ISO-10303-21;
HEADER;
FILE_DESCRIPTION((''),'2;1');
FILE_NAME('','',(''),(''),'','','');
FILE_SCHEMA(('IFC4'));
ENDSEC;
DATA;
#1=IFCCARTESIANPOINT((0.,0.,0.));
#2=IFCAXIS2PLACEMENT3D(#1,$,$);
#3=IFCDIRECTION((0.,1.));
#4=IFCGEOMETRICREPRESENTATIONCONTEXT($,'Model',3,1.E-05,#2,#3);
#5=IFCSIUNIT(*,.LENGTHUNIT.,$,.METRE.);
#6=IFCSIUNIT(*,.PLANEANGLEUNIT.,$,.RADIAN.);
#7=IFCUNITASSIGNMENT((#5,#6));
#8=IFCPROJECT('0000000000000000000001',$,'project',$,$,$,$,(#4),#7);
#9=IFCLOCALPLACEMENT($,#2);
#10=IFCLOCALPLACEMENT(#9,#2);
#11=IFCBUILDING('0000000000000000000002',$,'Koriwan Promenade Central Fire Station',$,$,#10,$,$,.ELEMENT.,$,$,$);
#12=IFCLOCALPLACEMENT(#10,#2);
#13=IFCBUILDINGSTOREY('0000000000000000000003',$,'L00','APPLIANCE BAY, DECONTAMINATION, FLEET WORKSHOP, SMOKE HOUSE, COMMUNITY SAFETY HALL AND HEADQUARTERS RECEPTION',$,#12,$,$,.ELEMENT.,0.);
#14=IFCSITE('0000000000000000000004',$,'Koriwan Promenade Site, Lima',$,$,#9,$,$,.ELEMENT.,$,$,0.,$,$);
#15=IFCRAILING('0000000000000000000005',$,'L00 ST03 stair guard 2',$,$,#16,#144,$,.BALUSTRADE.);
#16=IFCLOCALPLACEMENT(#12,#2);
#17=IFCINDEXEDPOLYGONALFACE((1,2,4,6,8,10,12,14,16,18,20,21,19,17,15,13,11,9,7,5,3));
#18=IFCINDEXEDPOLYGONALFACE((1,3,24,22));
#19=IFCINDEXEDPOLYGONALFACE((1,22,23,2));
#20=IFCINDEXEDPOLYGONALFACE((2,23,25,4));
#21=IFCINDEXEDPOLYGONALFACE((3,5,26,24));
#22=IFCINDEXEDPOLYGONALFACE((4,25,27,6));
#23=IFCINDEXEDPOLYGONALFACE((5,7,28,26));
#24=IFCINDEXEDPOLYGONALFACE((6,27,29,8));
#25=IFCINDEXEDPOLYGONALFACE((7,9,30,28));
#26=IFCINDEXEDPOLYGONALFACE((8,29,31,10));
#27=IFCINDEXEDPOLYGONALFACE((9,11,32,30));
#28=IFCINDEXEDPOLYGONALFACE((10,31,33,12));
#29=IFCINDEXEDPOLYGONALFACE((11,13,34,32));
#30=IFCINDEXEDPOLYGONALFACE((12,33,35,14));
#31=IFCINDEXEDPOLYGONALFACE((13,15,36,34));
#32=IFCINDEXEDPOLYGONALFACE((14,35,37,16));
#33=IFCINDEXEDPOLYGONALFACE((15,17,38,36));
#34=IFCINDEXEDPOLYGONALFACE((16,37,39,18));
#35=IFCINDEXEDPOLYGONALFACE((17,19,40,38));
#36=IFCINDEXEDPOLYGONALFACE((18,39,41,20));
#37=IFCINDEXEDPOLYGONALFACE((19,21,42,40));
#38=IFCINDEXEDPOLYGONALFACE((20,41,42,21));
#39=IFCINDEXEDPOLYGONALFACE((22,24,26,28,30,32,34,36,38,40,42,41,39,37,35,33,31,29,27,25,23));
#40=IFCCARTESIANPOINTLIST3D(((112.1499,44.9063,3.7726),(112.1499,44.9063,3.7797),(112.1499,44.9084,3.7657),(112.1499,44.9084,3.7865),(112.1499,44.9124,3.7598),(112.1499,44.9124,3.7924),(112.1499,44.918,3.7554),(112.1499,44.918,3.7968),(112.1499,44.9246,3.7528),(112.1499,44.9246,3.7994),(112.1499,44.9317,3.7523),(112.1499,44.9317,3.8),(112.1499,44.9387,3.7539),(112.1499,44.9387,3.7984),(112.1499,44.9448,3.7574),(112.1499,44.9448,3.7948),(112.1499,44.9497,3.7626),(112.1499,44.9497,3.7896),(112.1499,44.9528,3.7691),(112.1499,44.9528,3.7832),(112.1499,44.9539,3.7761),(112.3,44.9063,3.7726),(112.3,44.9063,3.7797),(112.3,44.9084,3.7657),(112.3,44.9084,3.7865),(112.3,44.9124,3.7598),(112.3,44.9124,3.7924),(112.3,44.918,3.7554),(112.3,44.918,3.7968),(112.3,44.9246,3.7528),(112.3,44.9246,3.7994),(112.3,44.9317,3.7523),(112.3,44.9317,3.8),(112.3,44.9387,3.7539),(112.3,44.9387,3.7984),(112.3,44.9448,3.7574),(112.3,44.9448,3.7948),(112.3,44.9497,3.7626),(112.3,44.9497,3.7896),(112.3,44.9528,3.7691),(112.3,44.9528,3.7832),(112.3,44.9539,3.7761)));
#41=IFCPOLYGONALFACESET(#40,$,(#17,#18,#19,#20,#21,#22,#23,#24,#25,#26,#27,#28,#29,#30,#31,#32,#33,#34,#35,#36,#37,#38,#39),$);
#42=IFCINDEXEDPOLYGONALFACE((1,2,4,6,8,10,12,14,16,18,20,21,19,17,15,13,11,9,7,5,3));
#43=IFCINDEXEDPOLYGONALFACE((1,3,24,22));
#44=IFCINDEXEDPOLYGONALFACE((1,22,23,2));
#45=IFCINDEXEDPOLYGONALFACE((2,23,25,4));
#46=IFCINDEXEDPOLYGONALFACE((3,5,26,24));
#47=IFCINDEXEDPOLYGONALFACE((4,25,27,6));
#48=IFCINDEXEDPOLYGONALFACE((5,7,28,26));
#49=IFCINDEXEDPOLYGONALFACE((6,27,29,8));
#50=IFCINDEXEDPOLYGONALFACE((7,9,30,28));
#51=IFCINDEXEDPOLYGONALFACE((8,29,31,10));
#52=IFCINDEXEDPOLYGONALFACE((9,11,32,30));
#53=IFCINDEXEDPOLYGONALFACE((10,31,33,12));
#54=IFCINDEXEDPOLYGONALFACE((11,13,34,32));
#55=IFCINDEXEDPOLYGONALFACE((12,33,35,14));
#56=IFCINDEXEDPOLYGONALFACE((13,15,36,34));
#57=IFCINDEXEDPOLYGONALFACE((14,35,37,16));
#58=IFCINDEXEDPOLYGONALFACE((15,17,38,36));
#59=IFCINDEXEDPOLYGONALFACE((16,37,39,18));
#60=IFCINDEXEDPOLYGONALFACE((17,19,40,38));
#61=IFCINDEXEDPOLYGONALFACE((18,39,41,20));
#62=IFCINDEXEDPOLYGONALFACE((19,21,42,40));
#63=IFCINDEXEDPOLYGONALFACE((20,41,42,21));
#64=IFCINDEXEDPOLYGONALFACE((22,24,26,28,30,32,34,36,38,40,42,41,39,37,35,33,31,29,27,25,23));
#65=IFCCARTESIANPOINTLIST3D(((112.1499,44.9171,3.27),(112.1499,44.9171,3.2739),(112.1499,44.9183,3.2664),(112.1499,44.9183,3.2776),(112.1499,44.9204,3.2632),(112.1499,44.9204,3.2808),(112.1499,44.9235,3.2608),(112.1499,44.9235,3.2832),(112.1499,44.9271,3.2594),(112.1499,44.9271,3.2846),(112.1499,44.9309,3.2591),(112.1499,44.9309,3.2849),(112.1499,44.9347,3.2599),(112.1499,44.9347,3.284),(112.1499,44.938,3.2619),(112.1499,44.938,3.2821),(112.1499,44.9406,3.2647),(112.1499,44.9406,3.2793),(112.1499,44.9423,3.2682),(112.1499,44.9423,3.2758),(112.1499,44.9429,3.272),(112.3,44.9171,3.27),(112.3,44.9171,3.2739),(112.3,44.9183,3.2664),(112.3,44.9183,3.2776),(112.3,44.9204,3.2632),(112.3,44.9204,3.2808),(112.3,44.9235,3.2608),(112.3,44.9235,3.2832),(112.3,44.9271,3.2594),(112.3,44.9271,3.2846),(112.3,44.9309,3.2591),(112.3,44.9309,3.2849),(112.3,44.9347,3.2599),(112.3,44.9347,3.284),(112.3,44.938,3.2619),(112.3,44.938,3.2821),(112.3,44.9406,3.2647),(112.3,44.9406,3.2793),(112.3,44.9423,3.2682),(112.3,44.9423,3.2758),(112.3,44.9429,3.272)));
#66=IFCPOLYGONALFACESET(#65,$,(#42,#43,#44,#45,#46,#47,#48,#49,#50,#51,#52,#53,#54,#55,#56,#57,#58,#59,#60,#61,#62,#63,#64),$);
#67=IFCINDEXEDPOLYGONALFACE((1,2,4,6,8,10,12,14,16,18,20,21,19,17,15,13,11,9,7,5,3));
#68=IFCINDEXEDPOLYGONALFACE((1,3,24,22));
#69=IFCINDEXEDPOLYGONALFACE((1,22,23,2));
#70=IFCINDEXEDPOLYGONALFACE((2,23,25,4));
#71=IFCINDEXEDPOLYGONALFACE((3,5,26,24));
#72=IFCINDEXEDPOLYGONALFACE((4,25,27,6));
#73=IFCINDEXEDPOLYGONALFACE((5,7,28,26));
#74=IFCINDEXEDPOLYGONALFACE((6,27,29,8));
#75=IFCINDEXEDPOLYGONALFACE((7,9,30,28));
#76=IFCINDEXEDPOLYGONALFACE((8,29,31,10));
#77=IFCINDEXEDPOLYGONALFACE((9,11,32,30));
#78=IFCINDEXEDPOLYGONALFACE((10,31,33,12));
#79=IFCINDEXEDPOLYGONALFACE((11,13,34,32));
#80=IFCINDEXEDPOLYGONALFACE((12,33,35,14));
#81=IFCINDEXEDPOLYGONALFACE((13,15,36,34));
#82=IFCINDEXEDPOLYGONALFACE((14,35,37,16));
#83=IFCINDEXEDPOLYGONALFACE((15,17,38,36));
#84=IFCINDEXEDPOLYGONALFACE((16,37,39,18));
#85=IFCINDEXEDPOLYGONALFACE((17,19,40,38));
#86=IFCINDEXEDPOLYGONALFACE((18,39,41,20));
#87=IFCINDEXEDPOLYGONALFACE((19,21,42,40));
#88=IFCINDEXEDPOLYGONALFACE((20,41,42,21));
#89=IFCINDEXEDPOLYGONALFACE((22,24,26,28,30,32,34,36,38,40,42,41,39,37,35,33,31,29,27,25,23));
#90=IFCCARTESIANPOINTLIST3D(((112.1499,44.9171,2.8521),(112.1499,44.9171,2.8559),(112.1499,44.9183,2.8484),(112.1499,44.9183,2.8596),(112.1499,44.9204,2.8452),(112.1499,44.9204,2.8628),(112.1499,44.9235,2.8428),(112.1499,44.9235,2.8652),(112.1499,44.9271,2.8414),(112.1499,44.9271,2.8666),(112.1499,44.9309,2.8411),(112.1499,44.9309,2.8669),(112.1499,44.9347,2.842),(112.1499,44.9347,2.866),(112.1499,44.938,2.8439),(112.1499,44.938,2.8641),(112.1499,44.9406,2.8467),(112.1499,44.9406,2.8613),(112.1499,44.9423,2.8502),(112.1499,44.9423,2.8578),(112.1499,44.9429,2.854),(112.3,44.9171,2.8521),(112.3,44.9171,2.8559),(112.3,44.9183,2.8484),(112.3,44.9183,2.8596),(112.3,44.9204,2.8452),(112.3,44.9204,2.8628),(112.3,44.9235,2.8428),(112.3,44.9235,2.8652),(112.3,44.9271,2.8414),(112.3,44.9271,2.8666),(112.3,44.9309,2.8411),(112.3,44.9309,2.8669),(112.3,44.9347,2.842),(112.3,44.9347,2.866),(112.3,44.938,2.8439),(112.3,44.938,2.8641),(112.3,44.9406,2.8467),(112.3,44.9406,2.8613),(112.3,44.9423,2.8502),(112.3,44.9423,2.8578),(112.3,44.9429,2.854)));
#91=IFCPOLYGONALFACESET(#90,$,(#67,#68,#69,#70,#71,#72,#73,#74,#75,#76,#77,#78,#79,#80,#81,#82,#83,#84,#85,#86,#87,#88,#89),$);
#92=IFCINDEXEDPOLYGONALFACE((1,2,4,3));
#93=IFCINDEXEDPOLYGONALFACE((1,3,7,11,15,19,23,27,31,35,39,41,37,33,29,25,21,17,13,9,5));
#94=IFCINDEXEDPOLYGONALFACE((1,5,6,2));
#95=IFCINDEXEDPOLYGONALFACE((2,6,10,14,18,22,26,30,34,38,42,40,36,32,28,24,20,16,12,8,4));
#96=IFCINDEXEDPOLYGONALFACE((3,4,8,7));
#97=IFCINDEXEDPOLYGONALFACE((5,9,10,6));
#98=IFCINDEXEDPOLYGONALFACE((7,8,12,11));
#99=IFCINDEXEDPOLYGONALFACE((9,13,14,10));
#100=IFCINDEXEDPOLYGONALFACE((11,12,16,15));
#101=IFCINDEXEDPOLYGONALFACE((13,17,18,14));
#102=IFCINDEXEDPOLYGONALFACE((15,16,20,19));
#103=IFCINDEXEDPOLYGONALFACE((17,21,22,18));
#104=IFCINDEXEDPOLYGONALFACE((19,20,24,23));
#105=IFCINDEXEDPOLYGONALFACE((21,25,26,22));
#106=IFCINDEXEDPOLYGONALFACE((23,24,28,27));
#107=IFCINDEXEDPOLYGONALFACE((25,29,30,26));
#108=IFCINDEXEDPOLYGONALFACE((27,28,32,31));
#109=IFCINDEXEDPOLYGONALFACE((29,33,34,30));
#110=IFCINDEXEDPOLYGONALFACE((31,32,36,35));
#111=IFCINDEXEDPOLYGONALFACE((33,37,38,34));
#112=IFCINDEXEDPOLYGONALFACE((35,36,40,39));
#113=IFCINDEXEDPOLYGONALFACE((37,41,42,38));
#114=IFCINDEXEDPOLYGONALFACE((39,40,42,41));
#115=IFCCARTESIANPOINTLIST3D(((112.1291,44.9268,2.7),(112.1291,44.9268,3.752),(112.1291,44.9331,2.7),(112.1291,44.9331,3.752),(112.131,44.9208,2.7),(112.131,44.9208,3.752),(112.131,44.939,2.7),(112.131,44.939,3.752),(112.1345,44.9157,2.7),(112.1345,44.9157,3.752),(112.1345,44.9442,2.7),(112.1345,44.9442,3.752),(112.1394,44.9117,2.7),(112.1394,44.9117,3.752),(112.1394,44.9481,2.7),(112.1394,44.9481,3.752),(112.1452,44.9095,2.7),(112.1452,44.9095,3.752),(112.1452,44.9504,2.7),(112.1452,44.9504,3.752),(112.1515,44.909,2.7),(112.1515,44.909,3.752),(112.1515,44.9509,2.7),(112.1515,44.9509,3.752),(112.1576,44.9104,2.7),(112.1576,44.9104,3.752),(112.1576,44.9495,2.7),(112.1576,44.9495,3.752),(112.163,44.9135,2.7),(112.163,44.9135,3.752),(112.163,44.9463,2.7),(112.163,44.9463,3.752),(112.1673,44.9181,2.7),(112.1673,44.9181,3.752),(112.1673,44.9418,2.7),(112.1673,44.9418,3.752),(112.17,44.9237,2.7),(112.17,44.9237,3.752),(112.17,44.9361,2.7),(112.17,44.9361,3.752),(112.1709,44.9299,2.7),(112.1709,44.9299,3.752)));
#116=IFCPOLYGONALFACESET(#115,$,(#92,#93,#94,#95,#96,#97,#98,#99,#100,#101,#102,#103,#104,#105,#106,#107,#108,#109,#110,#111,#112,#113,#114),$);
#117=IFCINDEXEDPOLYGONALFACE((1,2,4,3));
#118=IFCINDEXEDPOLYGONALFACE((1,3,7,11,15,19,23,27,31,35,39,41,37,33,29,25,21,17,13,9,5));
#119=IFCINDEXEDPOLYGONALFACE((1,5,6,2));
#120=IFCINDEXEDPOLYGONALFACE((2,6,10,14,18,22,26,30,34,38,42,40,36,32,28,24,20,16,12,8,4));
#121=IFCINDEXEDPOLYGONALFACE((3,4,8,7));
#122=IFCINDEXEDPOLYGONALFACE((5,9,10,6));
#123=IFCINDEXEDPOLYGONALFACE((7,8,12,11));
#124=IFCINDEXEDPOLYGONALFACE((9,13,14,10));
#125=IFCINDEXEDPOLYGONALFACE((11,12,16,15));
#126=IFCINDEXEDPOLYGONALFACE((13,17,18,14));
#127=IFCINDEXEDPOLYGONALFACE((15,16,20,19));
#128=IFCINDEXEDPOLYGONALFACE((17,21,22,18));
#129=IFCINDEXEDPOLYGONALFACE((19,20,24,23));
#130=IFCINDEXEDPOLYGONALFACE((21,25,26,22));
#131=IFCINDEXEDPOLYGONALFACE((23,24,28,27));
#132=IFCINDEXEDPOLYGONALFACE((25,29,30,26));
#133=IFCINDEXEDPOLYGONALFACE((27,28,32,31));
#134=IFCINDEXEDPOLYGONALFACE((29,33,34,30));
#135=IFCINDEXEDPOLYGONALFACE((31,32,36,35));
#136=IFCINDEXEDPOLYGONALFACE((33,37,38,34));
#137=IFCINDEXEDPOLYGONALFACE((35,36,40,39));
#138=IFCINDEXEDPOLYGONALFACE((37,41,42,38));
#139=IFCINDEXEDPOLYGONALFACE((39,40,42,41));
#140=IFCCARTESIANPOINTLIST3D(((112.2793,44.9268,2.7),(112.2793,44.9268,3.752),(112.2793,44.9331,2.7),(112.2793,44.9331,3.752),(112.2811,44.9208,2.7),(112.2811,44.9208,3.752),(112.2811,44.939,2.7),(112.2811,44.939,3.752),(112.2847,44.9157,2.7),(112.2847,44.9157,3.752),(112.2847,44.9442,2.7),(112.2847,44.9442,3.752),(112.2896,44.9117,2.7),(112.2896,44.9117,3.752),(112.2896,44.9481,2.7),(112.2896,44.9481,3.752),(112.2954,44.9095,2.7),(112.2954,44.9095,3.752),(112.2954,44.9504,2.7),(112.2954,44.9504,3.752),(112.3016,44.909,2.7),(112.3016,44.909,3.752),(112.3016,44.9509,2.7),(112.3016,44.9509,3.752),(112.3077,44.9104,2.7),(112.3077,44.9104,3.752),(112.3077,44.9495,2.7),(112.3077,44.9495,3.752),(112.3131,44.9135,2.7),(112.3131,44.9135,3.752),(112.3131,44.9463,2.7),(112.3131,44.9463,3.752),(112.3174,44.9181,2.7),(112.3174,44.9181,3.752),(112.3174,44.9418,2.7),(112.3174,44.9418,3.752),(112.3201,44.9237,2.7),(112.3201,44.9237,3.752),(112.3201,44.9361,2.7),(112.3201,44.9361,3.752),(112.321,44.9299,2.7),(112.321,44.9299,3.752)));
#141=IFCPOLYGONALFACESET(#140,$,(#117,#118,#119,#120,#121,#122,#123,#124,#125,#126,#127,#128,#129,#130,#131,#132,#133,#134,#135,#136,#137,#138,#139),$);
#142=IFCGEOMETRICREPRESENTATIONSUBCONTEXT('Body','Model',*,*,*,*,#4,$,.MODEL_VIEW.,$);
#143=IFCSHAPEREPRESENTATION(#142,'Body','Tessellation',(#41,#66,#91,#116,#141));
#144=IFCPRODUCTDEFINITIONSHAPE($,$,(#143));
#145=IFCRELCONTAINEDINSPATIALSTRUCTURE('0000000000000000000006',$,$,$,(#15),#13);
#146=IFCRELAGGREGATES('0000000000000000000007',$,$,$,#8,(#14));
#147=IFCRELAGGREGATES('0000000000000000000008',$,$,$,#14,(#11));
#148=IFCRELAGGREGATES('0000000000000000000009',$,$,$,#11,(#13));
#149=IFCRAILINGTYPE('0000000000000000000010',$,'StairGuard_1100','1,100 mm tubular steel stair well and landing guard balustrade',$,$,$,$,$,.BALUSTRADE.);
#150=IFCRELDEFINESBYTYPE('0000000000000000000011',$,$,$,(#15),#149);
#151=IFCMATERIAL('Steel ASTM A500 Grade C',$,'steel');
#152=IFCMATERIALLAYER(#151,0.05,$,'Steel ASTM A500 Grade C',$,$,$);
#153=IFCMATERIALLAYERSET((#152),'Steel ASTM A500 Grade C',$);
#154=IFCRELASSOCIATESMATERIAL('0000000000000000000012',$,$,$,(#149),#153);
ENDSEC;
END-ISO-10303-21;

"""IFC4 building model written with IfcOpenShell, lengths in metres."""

from ifc_helpers import new_model, si_unit, direction, frame, origin, origin_2d, place, context, subcontext, project, spatial, circle, extrude, material, layer, layer_set, type_object, element, save


model = new_model("IFC4")

# Units and contexts
model_context = context("Model", 3, precision=1e-05, world=origin(), true_north=direction((0.0, 1.0)))
body_context = subcontext(model_context, "Body", "Model", "MODEL_VIEW")
ifc_project = project(units=[si_unit("LENGTHUNIT", "METRE"), si_unit("PLANEANGLEUNIT", "RADIAN")], contexts=[model_context])

# Site, building, storey
site_placement = place(None, origin())
site = spatial("IfcSite", under=ifc_project, at=site_placement, Name="Koriwan Promenade Site, Lima", CompositionType="ELEMENT", RefElevation=0.0)
building_placement = place(site_placement, origin())
building = spatial("IfcBuilding", under=site, at=building_placement, Name="Koriwan Promenade Central Fire Station", CompositionType="ELEMENT")
storey_placement = place(building_placement, origin())
storey = spatial("IfcBuildingStorey", under=building, at=storey_placement, Name="L00", Description="APPLIANCE BAY, DECONTAMINATION, FLEET WORKSHOP, SMOKE HOUSE, COMMUNITY SAFETY HALL AND HEADQUARTERS RECEPTION", CompositionType="ELEMENT", Elevation=0.0)

# Railing
ifc_material_1 = material(Name="Steel ASTM A500 Grade C", Category="steel")
ifc_layer_1 = layer(ifc_material_1, 0.05, Name="Steel ASTM A500 Grade C")
ifc_layer_set_1 = layer_set([ifc_layer_1], Name="Steel ASTM A500 Grade C")
railing_type_1 = type_object("IfcRailingType", Name="StairGuard_1100", Description="1,100 mm tubular steel stair well and landing guard balustrade", PredefinedType="BALUSTRADE", material=ifc_layer_set_1)
railing_1_placement = place(storey_placement, frame((112.1499, 44.9299, 2.7)))
element("IfcRailing", 1, at=railing_1_placement, inside=storey, type_object=railing_type_1, Name="L00 ST03 stair guard 2", PredefinedType="BALUSTRADE", context=body_context, shape_type="SweptSolid", body=[
    extrude(circle(Radius=0.0239, at=origin_2d()), frame((0.0, 0.0, 1.0762), z_axis=(1.0, 0.0, 0.0), x_axis=(0.0, 1.0, 0.0)), (0.0, 0.0, 1.0), 0.1501),
    extrude(circle(Radius=0.0129, at=origin_2d()), frame((0.0, 0.0, 0.572), z_axis=(1.0, 0.0, 0.0), x_axis=(0.0, 1.0, 0.0)), (0.0, 0.0, 1.0), 0.1501),
    extrude(circle(Radius=0.0129, at=origin_2d()), frame((0.0, 0.0, 0.1541), z_axis=(1.0, 0.0, 0.0), x_axis=(0.0, 1.0, 0.0)), (0.0, 0.0, 1.0), 0.1501),
    extrude(circle(Radius=0.021, at=origin_2d()), origin(), (0.0, 0.0, 1.0), 1.052),
    extrude(circle(Radius=0.021, at=origin_2d()), frame((0.1501, 0.0, 0.0)), (0.0, 0.0, 1.0), 1.052),
])

save(model, "model.ifc")
